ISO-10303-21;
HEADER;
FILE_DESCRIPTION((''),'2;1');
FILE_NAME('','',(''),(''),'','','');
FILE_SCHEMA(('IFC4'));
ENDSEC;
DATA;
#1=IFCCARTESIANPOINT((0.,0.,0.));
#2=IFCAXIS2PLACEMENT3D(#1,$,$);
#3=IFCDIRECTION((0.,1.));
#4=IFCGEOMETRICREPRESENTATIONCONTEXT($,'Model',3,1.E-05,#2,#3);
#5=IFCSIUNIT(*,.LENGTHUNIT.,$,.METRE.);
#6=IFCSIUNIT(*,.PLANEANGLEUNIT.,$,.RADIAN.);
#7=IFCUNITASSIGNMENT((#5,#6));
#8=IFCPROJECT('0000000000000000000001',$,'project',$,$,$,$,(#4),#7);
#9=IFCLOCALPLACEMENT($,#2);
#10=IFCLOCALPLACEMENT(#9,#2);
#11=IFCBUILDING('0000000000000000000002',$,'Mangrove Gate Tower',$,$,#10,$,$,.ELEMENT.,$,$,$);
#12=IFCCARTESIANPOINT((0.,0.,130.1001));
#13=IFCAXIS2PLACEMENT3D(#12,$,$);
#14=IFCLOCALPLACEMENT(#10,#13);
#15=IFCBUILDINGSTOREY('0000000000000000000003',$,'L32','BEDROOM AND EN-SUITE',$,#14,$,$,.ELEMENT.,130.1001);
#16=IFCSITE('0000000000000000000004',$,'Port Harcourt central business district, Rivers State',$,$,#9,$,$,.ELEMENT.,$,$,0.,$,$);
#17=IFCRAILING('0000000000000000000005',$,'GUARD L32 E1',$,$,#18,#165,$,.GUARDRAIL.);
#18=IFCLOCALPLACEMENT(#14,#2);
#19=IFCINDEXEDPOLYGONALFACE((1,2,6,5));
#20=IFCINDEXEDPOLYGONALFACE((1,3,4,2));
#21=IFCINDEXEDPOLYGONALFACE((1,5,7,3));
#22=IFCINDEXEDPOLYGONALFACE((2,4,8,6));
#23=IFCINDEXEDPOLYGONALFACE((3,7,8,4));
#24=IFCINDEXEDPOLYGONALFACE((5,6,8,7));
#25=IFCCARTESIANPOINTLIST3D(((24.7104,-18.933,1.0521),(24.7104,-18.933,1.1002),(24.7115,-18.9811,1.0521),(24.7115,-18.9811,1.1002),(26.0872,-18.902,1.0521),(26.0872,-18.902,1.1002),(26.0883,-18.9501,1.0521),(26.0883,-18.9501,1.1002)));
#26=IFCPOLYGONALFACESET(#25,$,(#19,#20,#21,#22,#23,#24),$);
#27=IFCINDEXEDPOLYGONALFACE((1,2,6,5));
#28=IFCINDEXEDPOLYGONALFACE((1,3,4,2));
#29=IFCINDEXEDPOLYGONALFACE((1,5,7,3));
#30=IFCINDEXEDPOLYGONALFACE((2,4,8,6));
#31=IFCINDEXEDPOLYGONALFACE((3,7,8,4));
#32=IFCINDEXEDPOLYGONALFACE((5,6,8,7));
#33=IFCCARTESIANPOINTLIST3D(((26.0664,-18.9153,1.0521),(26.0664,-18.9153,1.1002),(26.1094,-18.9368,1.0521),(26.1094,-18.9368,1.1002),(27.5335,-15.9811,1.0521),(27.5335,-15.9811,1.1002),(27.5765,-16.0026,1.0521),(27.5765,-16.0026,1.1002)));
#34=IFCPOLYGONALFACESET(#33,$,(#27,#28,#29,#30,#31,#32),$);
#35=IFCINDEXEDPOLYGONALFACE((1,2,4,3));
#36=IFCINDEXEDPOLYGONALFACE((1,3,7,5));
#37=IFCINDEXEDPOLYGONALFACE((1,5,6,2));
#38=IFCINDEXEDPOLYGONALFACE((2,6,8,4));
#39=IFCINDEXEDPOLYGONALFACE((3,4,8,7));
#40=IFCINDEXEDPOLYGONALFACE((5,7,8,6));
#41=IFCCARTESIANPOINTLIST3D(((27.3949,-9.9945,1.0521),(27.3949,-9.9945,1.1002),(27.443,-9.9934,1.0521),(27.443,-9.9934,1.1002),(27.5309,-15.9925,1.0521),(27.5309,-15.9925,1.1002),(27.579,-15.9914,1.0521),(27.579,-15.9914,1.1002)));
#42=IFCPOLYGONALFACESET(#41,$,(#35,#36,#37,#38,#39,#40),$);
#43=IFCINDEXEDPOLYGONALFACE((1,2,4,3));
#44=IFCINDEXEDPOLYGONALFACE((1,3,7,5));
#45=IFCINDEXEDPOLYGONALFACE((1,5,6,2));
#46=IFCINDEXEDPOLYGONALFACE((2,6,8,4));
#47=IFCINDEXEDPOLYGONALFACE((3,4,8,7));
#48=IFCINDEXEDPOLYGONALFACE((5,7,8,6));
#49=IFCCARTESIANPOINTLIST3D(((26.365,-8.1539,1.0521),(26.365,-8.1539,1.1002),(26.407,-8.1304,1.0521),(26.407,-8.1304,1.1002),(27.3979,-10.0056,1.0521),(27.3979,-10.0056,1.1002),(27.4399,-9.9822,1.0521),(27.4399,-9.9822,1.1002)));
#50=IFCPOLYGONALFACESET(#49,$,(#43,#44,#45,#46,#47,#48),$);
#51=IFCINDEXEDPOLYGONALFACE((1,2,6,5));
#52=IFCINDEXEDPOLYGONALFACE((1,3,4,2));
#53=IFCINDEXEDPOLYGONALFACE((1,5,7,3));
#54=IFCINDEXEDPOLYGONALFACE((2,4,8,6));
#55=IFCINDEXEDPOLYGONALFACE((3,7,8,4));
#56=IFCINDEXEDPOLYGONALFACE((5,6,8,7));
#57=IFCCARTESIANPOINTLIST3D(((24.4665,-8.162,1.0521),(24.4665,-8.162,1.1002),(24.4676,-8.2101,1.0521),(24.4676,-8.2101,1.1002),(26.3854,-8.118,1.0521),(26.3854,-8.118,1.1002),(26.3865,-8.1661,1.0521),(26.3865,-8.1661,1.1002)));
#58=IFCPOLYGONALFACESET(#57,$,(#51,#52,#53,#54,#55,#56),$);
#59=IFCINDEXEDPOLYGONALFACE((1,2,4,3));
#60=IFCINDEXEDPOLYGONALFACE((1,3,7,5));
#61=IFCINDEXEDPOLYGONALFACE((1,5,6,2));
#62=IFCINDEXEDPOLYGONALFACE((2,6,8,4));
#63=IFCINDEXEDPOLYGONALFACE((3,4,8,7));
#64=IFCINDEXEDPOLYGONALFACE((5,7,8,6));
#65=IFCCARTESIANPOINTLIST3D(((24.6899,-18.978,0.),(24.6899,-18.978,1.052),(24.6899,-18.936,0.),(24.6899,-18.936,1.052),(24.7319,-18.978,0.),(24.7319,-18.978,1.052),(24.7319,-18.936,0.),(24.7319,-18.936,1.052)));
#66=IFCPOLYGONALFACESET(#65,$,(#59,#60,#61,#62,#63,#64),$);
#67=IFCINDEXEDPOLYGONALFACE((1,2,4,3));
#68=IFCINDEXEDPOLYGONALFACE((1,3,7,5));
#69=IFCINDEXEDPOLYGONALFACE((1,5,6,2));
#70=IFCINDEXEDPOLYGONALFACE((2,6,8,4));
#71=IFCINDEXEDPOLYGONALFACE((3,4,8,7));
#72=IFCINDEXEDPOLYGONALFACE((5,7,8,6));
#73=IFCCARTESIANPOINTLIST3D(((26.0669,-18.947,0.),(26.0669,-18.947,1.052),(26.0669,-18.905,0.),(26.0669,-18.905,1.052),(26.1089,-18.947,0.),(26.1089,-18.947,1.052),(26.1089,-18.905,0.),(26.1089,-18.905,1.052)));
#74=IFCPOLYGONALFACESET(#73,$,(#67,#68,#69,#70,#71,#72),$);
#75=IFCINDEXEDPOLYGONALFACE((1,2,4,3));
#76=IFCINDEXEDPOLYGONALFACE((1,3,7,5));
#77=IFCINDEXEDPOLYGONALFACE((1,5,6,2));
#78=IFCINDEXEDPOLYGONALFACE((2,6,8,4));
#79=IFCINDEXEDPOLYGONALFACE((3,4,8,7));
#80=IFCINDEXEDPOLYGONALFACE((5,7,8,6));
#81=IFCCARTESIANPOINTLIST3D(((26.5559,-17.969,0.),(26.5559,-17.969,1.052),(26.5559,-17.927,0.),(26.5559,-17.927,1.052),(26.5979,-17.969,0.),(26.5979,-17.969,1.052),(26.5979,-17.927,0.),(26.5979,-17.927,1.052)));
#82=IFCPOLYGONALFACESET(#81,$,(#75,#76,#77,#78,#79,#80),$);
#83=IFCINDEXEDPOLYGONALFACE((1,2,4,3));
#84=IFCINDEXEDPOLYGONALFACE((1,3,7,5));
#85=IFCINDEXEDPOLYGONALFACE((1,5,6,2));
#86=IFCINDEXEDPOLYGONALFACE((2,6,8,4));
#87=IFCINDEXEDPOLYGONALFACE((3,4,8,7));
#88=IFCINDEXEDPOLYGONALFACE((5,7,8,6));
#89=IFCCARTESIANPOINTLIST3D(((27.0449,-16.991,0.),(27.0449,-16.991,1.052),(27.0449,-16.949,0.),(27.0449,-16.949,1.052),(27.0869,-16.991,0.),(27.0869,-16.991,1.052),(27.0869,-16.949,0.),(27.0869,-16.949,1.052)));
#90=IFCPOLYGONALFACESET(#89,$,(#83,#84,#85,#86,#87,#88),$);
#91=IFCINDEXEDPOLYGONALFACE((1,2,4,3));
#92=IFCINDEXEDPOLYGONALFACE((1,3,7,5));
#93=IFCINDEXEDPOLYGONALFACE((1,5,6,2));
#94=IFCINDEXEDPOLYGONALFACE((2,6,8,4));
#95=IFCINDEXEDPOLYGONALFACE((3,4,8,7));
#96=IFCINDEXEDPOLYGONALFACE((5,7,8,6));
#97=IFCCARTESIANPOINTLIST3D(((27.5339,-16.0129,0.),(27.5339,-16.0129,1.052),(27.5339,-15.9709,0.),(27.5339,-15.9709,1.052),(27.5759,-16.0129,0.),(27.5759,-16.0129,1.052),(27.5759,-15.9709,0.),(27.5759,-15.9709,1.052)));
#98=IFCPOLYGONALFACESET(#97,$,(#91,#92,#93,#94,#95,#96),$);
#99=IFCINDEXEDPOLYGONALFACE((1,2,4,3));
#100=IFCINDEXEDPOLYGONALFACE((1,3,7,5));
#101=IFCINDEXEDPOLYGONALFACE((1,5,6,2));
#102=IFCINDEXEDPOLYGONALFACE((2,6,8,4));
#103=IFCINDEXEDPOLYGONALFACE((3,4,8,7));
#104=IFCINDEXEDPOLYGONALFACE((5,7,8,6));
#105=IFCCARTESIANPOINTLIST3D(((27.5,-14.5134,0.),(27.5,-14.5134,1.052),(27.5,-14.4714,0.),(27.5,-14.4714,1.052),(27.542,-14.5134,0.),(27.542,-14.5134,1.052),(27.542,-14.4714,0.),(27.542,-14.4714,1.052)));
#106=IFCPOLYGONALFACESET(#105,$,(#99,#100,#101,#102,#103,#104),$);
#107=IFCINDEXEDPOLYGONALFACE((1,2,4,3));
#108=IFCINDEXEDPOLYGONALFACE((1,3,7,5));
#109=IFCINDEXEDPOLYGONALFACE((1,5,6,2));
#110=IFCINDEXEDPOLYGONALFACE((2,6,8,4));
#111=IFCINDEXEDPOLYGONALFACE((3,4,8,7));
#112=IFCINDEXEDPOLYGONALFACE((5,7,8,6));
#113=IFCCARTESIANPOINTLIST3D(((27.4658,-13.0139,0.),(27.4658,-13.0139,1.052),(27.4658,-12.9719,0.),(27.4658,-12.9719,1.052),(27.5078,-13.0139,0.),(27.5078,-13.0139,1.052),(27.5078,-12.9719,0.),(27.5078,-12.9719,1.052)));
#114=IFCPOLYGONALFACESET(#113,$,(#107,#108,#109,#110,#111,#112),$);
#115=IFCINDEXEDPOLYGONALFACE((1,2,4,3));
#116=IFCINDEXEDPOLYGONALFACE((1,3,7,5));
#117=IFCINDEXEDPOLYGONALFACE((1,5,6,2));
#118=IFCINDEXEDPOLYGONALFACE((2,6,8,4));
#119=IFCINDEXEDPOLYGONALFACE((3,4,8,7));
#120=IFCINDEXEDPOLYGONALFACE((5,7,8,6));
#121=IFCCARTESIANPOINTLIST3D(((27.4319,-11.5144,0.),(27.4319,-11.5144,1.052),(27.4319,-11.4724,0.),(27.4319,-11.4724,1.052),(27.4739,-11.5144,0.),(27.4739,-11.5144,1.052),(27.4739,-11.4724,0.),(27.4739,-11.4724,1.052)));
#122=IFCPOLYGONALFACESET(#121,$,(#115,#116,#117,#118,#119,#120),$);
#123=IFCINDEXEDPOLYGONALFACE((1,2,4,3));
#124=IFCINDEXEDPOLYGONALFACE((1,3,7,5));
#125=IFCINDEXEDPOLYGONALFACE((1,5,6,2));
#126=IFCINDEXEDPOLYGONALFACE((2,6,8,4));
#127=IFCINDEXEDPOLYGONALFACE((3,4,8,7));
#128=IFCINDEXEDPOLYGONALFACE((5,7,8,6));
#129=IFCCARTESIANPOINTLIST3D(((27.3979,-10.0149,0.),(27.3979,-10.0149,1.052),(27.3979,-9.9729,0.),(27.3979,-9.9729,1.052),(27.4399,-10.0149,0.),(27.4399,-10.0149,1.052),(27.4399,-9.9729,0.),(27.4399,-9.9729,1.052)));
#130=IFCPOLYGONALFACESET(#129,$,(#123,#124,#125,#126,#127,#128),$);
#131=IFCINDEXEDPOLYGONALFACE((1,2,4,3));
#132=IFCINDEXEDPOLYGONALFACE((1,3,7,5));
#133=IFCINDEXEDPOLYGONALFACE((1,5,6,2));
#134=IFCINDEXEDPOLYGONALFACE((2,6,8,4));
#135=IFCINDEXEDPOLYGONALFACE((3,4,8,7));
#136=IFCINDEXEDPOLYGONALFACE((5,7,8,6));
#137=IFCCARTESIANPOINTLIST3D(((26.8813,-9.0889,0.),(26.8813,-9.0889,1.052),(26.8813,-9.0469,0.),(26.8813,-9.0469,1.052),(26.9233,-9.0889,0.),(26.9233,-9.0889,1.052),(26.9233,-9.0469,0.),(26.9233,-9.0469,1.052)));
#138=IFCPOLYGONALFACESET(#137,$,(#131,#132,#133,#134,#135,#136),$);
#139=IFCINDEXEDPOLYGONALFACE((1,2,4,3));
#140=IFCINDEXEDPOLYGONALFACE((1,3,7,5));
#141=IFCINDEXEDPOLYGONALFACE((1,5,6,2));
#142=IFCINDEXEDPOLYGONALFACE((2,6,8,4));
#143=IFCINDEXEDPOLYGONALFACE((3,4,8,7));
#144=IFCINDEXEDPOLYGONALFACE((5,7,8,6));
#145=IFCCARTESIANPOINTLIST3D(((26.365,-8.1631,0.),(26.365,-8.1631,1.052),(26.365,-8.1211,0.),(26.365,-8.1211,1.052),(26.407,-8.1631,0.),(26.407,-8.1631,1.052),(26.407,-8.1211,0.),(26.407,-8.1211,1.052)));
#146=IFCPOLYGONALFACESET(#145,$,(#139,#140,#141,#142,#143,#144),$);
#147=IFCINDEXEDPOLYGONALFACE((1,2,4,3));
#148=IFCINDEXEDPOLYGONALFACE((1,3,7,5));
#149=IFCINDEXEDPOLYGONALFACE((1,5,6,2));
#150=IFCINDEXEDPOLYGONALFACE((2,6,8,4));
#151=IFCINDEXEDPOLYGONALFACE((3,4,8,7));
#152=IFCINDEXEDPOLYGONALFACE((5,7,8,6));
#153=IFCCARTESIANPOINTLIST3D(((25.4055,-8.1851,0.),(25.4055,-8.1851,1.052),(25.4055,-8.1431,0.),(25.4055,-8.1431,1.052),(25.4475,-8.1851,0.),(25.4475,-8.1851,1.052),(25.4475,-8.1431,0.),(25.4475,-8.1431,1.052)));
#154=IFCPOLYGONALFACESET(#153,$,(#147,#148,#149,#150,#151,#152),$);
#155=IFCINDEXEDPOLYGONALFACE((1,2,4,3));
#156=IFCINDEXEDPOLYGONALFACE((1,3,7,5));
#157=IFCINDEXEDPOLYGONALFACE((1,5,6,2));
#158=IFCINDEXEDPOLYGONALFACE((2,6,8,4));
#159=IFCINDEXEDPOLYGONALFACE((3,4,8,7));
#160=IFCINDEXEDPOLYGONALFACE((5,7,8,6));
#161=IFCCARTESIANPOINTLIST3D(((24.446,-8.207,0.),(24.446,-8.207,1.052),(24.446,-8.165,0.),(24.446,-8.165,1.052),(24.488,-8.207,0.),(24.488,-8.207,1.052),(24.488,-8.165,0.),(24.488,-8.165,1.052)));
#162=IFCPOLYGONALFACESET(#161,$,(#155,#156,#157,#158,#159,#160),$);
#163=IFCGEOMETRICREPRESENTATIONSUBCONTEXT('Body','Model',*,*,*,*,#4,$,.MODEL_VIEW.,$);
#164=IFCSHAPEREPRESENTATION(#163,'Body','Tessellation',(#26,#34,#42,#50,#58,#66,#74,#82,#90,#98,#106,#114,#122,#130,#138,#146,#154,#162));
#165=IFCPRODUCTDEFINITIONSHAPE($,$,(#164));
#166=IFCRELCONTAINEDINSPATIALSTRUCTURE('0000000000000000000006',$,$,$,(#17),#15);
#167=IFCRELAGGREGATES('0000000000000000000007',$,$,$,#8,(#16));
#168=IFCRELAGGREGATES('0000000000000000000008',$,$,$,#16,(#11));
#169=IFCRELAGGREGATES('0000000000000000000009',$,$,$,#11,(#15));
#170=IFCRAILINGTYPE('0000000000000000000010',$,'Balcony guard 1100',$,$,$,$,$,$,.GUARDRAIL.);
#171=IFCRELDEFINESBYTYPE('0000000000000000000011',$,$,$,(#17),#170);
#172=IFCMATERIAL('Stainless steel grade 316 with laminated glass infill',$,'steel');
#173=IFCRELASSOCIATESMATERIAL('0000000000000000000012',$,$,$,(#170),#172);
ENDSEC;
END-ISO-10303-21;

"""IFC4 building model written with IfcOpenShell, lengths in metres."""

from ifc_helpers import new_model, si_unit, direction, frame, origin, origin_2d, place, context, subcontext, project, spatial, rectangle, extrude, material, type_object, element, save


model = new_model("IFC4")

# Units and contexts
model_context = context("Model", 3, precision=1e-05, world=origin(), true_north=direction((0.0, 1.0)))
body_context = subcontext(model_context, "Body", "Model", "MODEL_VIEW")
ifc_project = project(units=[si_unit("LENGTHUNIT", "METRE"), si_unit("PLANEANGLEUNIT", "RADIAN")], contexts=[model_context])

# Site, building, storey
site_placement = place(None, origin())
site = spatial("IfcSite", under=ifc_project, at=site_placement, Name="Port Harcourt central business district, Rivers State", CompositionType="ELEMENT", RefElevation=0.0)
building_placement = place(site_placement, origin())
building = spatial("IfcBuilding", under=site, at=building_placement, Name="Mangrove Gate Tower", CompositionType="ELEMENT")
storey_placement = place(building_placement, frame((0.0, 0.0, 130.1001)))
storey = spatial("IfcBuildingStorey", under=building, at=storey_placement, Name="L32", Description="BEDROOM AND EN-SUITE", CompositionType="ELEMENT", Elevation=130.1001)

# Railing
ifc_material_1 = material(Name="Stainless steel grade 316 with laminated glass infill", Category="steel")
railing_type = type_object("IfcRailingType", Name="Balcony guard 1100", PredefinedType="GUARDRAIL", material=ifc_material_1)
railing_placement = place(storey_placement, frame((24.7109, -18.957, 0.0)))
element("IfcRailing", 1, at=railing_placement, inside=storey, type_object=railing_type, Name="GUARD L32 E1", PredefinedType="GUARDRAIL", context=body_context, shape_type="SweptSolid", body=[
    extrude(rectangle(XDim=0.0481, YDim=0.0481, at=origin_2d()), frame((0.0, 0.0, 1.0762), z_axis=(0.999747, 0.022512, 0.0), x_axis=(-0.022512, 0.999747, 0.0)), (0.0, 0.0, 1.0), 1.3772),
    extrude(rectangle(XDim=0.0481, YDim=0.0481, at=origin_2d()), frame((1.377, 0.031, 1.0762), z_axis=(0.447214, 0.894427, 0.0), x_axis=(-0.894427, 0.447214, 0.0)), (0.0, 0.0, 1.0), 3.2805),
    extrude(rectangle(XDim=0.0481, YDim=0.0481, at=origin_2d()), frame((2.844, 2.9651, 1.0762), z_axis=(-0.022666, 0.999743, 0.0), x_axis=(-0.999743, -0.022666, 0.0)), (0.0, 0.0, 1.0), 5.9995),
    extrude(rectangle(XDim=0.0481, YDim=0.0481, at=origin_2d()), frame((2.708, 8.9631, 1.0762), z_axis=(-0.487148, 0.87332, 0.0), x_axis=(-0.87332, -0.487148, 0.0)), (0.0, 0.0, 1.0), 2.1204),
    extrude(rectangle(XDim=0.0481, YDim=0.0481, at=origin_2d()), frame((1.675, 10.8149, 1.0762), z_axis=(-0.999738, -0.022895, 0.0), x_axis=(0.022895, -0.999738, 0.0)), (0.0, 0.0, 1.0), 1.9194),
    extrude(rectangle(XDim=0.042, YDim=0.042, at=origin_2d()), origin(), (0.0, 0.0, 1.0), 1.052),
    extrude(rectangle(XDim=0.042, YDim=0.042, at=origin_2d()), frame((1.377, 0.031, 0.0)), (0.0, 0.0, 1.0), 1.052),
    extrude(rectangle(XDim=0.042, YDim=0.042, at=origin_2d()), frame((1.866, 1.009, 0.0)), (0.0, 0.0, 1.0), 1.052),
    extrude(rectangle(XDim=0.042, YDim=0.042, at=origin_2d()), frame((2.355, 1.9871, 0.0)), (0.0, 0.0, 1.0), 1.052),
    extrude(rectangle(XDim=0.042, YDim=0.042, at=origin_2d()), frame((2.844, 2.9651, 0.0)), (0.0, 0.0, 1.0), 1.052),
    extrude(rectangle(XDim=0.042, YDim=0.042, at=origin_2d()), frame((2.8101, 4.4646, 0.0)), (0.0, 0.0, 1.0), 1.052),
    extrude(rectangle(XDim=0.042, YDim=0.042, at=origin_2d()), frame((2.7759, 5.9641, 0.0)), (0.0, 0.0, 1.0), 1.052),
    extrude(rectangle(XDim=0.042, YDim=0.042, at=origin_2d()), frame((2.7419, 7.4636, 0.0)), (0.0, 0.0, 1.0), 1.052),
    extrude(rectangle(XDim=0.042, YDim=0.042, at=origin_2d()), frame((2.708, 8.9631, 0.0)), (0.0, 0.0, 1.0), 1.052),
    extrude(rectangle(XDim=0.042, YDim=0.042, at=origin_2d()), frame((2.1914, 9.8892, 0.0)), (0.0, 0.0, 1.0), 1.052),
    extrude(rectangle(XDim=0.042, YDim=0.042, at=origin_2d()), frame((1.675, 10.8149, 0.0)), (0.0, 0.0, 1.0), 1.052),
    extrude(rectangle(XDim=0.042, YDim=0.042, at=origin_2d()), frame((0.7156, 10.793, 0.0)), (0.0, 0.0, 1.0), 1.052),
    extrude(rectangle(XDim=0.042, YDim=0.042, at=origin_2d()), frame((-0.2439, 10.771, 0.0)), (0.0, 0.0, 1.0), 1.052),
])

save(model, "model.ifc")
